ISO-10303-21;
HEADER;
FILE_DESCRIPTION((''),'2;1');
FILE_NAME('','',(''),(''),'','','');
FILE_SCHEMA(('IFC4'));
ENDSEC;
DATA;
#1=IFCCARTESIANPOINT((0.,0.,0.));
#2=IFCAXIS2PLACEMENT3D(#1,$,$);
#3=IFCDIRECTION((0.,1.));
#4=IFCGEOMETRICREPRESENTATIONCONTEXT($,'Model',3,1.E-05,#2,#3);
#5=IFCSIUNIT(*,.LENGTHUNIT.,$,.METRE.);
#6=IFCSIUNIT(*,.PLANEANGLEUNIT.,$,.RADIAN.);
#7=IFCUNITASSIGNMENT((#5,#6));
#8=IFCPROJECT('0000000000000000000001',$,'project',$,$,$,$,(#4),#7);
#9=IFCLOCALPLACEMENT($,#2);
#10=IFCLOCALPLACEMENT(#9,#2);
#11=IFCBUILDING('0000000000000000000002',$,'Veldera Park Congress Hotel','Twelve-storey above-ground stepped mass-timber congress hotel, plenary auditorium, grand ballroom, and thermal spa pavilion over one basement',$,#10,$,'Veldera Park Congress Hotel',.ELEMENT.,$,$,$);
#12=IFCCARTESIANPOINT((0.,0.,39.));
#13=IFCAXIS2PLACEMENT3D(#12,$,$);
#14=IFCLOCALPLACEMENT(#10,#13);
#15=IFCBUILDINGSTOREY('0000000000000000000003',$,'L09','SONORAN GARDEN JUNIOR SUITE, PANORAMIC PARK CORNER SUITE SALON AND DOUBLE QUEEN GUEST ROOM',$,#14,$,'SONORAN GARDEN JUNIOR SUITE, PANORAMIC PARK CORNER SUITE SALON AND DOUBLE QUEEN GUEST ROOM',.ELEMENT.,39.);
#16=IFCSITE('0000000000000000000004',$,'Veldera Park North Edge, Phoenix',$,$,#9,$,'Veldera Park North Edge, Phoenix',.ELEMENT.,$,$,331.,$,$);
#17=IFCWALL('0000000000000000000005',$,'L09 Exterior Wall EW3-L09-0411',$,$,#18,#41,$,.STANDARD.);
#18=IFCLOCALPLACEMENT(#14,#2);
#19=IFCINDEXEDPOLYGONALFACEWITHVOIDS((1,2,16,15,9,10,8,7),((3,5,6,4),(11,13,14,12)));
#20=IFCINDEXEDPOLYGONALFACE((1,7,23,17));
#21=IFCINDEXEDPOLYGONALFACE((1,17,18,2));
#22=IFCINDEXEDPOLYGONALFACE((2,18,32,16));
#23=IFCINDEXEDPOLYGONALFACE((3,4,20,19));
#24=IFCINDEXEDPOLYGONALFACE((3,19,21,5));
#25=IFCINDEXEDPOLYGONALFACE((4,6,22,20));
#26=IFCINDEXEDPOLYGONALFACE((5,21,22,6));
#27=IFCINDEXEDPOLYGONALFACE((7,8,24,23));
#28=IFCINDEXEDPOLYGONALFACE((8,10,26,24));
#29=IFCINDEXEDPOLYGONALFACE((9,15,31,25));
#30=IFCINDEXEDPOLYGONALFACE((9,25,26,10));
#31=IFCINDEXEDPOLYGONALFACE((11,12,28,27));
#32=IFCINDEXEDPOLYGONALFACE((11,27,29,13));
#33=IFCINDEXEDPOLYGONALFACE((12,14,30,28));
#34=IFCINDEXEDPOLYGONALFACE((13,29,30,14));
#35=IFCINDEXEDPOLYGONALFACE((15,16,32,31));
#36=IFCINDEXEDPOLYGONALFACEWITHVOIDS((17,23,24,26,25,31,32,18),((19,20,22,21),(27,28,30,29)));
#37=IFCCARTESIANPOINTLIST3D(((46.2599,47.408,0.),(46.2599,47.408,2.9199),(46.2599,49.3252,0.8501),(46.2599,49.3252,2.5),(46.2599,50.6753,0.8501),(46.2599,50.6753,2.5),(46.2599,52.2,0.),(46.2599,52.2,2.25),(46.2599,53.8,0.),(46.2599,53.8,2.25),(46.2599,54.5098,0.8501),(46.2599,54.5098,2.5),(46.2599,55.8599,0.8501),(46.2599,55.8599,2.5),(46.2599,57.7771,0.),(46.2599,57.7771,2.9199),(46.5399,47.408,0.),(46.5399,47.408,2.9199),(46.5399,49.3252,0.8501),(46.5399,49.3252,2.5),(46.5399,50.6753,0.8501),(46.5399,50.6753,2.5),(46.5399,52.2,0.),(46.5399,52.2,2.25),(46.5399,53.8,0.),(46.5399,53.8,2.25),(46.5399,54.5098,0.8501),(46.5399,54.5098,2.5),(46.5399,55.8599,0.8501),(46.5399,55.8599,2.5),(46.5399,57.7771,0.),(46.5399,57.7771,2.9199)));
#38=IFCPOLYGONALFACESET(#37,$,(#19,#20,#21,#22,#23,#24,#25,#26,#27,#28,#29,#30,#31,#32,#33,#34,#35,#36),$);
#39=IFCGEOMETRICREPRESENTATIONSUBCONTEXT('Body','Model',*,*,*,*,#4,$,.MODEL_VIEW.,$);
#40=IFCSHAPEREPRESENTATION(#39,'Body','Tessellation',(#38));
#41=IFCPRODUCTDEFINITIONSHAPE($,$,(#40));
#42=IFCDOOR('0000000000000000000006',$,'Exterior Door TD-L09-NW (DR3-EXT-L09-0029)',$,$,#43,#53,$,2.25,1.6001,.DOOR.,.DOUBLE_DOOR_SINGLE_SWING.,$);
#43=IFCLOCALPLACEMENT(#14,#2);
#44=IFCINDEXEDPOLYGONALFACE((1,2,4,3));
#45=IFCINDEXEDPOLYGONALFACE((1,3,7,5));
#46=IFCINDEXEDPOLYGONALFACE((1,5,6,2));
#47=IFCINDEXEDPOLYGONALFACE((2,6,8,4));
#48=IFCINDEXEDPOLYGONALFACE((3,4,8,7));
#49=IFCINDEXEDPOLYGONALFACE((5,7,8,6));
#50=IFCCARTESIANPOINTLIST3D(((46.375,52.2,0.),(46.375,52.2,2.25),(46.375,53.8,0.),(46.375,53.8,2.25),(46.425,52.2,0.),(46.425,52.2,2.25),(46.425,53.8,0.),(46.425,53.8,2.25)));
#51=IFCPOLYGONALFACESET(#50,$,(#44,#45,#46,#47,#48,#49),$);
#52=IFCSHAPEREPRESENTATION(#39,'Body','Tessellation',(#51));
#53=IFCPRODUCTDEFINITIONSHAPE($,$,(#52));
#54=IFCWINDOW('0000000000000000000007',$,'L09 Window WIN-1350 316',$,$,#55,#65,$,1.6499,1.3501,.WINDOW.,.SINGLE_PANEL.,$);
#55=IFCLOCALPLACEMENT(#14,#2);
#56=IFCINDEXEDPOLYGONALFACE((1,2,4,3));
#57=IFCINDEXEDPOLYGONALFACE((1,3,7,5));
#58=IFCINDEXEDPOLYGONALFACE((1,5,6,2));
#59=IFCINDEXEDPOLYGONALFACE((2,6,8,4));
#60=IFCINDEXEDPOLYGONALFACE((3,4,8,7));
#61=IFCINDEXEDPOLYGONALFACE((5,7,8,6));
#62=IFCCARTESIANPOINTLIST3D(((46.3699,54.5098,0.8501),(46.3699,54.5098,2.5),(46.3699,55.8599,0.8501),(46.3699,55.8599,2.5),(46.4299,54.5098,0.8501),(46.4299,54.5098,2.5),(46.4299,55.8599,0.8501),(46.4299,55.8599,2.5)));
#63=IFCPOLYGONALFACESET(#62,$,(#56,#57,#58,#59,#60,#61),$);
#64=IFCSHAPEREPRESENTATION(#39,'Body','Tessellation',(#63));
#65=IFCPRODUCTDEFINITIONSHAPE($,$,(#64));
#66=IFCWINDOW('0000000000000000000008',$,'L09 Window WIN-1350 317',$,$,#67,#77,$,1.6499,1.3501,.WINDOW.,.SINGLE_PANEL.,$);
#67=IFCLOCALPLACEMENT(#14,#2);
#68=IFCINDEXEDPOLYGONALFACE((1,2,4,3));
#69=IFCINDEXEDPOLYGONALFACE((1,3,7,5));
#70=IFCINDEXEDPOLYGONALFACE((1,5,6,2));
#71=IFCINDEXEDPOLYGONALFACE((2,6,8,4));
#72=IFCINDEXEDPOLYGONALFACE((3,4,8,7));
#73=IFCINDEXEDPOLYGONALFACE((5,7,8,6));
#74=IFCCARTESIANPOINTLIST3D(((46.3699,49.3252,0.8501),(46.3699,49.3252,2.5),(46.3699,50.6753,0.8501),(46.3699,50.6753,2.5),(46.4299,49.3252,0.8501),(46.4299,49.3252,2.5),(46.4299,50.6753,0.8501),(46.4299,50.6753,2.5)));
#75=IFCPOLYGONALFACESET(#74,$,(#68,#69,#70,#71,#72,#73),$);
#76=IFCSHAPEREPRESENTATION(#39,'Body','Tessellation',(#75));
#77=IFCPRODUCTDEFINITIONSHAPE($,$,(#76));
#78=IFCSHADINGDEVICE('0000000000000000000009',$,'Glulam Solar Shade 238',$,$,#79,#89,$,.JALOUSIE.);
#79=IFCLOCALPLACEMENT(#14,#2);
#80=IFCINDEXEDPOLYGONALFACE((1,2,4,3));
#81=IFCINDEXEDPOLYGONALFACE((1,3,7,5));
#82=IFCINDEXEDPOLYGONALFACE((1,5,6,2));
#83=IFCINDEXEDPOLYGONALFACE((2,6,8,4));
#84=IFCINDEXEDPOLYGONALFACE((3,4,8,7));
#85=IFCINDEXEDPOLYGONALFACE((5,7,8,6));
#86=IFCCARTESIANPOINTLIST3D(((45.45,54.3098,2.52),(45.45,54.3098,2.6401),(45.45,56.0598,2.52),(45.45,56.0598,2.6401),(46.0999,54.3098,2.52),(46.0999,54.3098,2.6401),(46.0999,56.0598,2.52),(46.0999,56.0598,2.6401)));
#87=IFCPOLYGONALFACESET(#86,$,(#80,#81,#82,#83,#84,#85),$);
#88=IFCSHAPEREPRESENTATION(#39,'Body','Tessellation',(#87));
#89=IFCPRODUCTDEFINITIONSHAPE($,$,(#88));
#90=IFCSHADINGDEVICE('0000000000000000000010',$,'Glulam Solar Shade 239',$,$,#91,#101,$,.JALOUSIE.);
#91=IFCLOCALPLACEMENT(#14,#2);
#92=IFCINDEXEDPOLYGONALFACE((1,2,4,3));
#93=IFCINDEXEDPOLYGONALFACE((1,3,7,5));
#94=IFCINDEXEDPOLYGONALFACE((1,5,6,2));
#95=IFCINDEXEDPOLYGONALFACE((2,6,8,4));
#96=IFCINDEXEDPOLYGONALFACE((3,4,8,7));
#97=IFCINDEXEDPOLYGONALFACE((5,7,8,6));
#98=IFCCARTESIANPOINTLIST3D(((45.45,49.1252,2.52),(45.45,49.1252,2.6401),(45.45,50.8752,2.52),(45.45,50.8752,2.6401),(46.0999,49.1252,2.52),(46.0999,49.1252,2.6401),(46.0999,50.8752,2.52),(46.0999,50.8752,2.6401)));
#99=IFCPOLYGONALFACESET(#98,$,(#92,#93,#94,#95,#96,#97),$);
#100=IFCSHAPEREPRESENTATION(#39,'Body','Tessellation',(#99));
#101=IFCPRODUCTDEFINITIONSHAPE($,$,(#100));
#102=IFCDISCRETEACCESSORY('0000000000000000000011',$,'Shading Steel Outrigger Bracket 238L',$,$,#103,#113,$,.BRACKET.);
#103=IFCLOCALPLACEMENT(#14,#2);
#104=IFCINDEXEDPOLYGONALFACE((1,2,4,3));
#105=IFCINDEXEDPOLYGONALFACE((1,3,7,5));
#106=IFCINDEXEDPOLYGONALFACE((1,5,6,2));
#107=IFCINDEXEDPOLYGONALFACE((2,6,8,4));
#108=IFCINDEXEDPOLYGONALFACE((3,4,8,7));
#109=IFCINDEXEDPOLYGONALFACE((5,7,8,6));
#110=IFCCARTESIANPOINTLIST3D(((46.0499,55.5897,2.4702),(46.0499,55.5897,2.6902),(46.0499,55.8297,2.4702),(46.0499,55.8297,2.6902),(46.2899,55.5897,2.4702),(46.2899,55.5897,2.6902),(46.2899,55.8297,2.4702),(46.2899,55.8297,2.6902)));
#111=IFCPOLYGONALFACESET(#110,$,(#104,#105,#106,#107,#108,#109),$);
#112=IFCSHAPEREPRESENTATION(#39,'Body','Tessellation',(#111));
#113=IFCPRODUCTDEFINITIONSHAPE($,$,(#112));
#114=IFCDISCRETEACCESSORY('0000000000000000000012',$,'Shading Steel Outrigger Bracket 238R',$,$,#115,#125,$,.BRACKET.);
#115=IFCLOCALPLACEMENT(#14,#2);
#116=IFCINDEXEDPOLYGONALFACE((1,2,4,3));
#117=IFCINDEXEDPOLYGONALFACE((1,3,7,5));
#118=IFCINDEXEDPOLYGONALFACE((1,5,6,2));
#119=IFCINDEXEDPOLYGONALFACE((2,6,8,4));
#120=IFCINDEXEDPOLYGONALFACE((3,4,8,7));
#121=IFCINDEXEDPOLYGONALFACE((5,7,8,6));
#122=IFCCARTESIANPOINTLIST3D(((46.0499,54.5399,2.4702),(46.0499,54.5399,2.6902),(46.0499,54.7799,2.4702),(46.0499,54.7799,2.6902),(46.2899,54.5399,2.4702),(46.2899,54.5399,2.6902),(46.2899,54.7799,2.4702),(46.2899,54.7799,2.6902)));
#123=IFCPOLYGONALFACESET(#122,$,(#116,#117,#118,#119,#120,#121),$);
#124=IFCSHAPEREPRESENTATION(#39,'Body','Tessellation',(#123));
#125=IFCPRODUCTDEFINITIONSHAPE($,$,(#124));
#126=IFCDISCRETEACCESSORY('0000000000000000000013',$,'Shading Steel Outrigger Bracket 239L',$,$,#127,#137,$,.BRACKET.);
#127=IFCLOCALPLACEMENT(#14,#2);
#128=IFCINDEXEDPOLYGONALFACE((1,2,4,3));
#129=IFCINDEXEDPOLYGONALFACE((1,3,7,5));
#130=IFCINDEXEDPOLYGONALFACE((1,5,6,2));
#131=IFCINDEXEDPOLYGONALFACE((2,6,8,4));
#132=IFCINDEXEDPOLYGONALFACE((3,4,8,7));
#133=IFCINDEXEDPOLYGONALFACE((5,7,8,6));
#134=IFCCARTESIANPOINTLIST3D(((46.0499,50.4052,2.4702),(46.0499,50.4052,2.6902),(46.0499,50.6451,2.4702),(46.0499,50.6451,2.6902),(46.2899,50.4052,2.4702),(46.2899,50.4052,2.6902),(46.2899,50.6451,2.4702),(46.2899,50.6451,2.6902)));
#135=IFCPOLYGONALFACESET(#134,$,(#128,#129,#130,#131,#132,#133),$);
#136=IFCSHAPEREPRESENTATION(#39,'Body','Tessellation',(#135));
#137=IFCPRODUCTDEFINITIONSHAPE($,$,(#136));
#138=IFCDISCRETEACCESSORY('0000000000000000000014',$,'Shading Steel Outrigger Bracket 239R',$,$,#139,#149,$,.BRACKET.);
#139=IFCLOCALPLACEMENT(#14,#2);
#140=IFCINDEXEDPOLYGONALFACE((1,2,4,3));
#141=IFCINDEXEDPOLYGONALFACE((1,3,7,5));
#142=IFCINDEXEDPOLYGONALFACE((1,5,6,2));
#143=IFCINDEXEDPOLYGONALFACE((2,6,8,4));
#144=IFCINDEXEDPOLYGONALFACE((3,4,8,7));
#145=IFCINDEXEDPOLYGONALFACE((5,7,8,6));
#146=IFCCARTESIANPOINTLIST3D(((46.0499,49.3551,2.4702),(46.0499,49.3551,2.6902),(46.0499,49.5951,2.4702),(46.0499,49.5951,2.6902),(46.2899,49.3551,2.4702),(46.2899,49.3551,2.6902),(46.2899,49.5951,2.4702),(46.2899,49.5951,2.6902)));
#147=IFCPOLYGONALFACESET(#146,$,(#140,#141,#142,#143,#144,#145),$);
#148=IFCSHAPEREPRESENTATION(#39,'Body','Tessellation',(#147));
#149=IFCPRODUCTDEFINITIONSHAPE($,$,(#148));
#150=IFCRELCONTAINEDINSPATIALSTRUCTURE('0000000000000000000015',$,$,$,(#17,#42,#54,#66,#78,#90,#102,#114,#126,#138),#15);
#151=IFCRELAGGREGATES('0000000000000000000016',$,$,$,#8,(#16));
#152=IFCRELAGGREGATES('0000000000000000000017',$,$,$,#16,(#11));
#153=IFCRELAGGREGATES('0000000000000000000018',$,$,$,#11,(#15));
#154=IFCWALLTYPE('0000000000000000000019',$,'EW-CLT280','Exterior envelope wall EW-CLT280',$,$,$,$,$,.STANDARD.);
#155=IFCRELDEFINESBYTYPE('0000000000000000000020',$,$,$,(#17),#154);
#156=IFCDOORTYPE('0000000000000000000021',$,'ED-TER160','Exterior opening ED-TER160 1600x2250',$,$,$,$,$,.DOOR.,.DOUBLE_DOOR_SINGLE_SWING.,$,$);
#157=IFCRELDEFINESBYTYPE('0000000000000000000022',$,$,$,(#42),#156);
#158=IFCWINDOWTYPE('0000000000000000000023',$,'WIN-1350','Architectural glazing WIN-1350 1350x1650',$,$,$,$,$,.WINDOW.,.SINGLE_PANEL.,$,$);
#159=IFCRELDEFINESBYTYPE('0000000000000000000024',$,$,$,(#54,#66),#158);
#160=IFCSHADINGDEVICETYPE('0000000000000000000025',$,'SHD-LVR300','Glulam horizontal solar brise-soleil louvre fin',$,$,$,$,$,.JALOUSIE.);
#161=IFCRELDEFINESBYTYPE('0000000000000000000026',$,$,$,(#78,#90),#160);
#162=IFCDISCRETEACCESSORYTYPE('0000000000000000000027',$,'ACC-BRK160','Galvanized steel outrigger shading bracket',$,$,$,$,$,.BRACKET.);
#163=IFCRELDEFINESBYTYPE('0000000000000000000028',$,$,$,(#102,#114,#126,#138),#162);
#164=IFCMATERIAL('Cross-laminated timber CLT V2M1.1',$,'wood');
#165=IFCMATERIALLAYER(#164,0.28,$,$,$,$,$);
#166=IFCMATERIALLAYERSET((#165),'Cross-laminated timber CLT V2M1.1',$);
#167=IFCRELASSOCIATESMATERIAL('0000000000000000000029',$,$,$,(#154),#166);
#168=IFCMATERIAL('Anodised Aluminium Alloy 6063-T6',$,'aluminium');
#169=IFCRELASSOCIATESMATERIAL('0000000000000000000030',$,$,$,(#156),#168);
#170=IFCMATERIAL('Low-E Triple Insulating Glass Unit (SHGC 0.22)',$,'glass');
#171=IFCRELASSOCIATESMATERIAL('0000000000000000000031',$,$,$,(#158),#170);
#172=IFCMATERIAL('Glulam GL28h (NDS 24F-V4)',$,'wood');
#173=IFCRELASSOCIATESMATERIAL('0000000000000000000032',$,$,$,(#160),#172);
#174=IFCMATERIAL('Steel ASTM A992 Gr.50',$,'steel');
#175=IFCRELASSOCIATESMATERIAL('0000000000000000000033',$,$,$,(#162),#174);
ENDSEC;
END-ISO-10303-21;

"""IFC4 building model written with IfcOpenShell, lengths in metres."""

from ifc_helpers import new_model, si_unit, direction, frame, frame_2d, origin, origin_2d, place, context, subcontext, project, spatial, rectangle, extrude, material, layer, layer_set, type_object, element, fill, save


model = new_model("IFC4")

# Units and contexts
model_context = context("Model", 3, precision=1e-05, world=origin(), true_north=direction((0.0, 1.0)))
body_context = subcontext(model_context, "Body", "Model", "MODEL_VIEW")
ifc_project = project(units=[si_unit("LENGTHUNIT", "METRE"), si_unit("PLANEANGLEUNIT", "RADIAN")], contexts=[model_context])

# Site, building, storey
site_placement = place(None, origin())
site = spatial("IfcSite", under=ifc_project, at=site_placement, Name="Veldera Park North Edge, Phoenix", LongName="Veldera Park North Edge, Phoenix", CompositionType="ELEMENT", RefElevation=331.0)
building_placement = place(site_placement, origin())
building = spatial("IfcBuilding", under=site, at=building_placement, Name="Veldera Park Congress Hotel", Description="Twelve-storey above-ground stepped mass-timber congress hotel, plenary auditorium, grand ballroom, and thermal spa pavilion over one basement", LongName="Veldera Park Congress Hotel", CompositionType="ELEMENT")
storey_placement = place(building_placement, frame((0.0, 0.0, 39.0)))
storey = spatial("IfcBuildingStorey", under=building, at=storey_placement, Name="L09", Description="SONORAN GARDEN JUNIOR SUITE, PANORAMIC PARK CORNER SUITE SALON AND DOUBLE QUEEN GUEST ROOM", LongName="SONORAN GARDEN JUNIOR SUITE, PANORAMIC PARK CORNER SUITE SALON AND DOUBLE QUEEN GUEST ROOM", CompositionType="ELEMENT", Elevation=39.0)

# Shared definitions
ifc_material_1 = material(Name="Glulam GL28h (NDS 24F-V4)", Category="wood")

# Shared definitions
ifc_material_2 = material(Name="Cross-laminated timber CLT V2M1.1", Category="wood")
ifc_layer = layer(ifc_material_2, 0.28)
ifc_layer_set = layer_set([ifc_layer], Name="Cross-laminated timber CLT V2M1.1")
wall_type = type_object("IfcWallType", Name="EW-CLT280", Description="Exterior envelope wall EW-CLT280", PredefinedType="STANDARD", material=ifc_layer_set)
ifc_material_3 = material(Name="Low-E Triple Insulating Glass Unit (SHGC 0.22)", Category="glass")

# Wall, openings, door, windows
wall_1_placement = place(storey_placement, frame((46.3999, 57.7771, 0.0), z_axis=(0.0, 0.0, 1.0), x_axis=(0.0, -1.0, 0.0)))
wall_1 = element("IfcWall", 1, at=wall_1_placement, inside=storey, type_object=wall_type, Name="L09 Exterior Wall EW3-L09-0411", PredefinedType="STANDARD", context=body_context, shape_type="SweptSolid", body=[
    extrude(rectangle(XDim=10.3691, YDim=0.28, at=frame_2d((5.1846, 0.0))), origin(), (0.0, 0.0, 1.0), 2.9199),
])
opening_1_placement = place(wall_1_placement, frame((3.9771, 0.0, 0.0)))
opening_1 = element("IfcOpeningElement", 2, at=opening_1_placement, cuts=wall_1, PredefinedType="OPENING", context=body_context, shape_type="SweptSolid", body=[
    extrude(rectangle(XDim=1.6001, YDim=2.25, at=frame_2d((0.8, 1.125))), frame((0.0, 0.1521, 0.0), z_axis=(0.0, -1.0, 0.0), x_axis=(1.0, 0.0, 0.0)), (0.0, 0.0, 1.0), 0.304),
])
opening_2_placement = place(wall_1_placement, frame((1.9172, 0.0, 0.8501)))
opening_2 = element("IfcOpeningElement", 3, at=opening_2_placement, cuts=wall_1, PredefinedType="OPENING", context=body_context, shape_type="SweptSolid", body=[
    extrude(rectangle(XDim=1.3501, YDim=1.6499, at=frame_2d((0.675, 0.825))), frame((0.0, 0.1521, 0.0), z_axis=(0.0, -1.0, 0.0), x_axis=(1.0, 0.0, 0.0)), (0.0, 0.0, 1.0), 0.304),
])
opening_3_placement = place(wall_1_placement, frame((7.1018, 0.0, 0.8501)))
opening_3 = element("IfcOpeningElement", 4, at=opening_3_placement, cuts=wall_1, PredefinedType="OPENING", context=body_context, shape_type="SweptSolid", body=[
    extrude(rectangle(XDim=1.3501, YDim=1.6499, at=frame_2d((0.675, 0.825))), frame((0.0, 0.1521, 0.0), z_axis=(0.0, -1.0, 0.0), x_axis=(1.0, 0.0, 0.0)), (0.0, 0.0, 1.0), 0.304),
])
ifc_material_4 = material(Name="Anodised Aluminium Alloy 6063-T6", Category="aluminium")
door_type = type_object("IfcDoorType", Name="ED-TER160", Description="Exterior opening ED-TER160 1600x2250", OperationType="DOUBLE_DOOR_SINGLE_SWING", PredefinedType="DOOR", material=ifc_material_4)
door_placement = place(opening_1_placement, frame((1.6001, 0.0, 0.0), z_axis=(0.0, 0.0, 1.0), x_axis=(-1.0, 0.0, 0.0)))
door = element("IfcDoor", 5, at=door_placement, inside=storey, type_object=door_type, Name="Exterior Door TD-L09-NW (DR3-EXT-L09-0029)", OperationType="DOUBLE_DOOR_SINGLE_SWING", OverallHeight=2.25, OverallWidth=1.6001, PredefinedType="DOOR", context=body_context, shape_type="SweptSolid", body=[
    extrude(rectangle(XDim=1.6001, YDim=2.25, at=frame_2d((0.8, 1.125))), frame((0.0, 0.0249, 0.0), z_axis=(0.0, -1.0, 0.0), x_axis=(1.0, 0.0, 0.0)), (0.0, 0.0, 1.0), 0.05),
])
fill(opening_1, door)
window_type_1 = type_object("IfcWindowType", Name="WIN-1350", Description="Architectural glazing WIN-1350 1350x1650", PartitioningType="SINGLE_PANEL", PredefinedType="WINDOW", material=ifc_material_3)
window_1_placement = place(opening_2_placement, origin())
window_1 = element("IfcWindow", 6, at=window_1_placement, inside=storey, type_object=window_type_1, Name="L09 Window WIN-1350 316", OverallHeight=1.6499, OverallWidth=1.3501, PartitioningType="SINGLE_PANEL", PredefinedType="WINDOW", context=body_context, shape_type="SweptSolid", body=[
    extrude(rectangle(XDim=1.3501, YDim=1.6499, at=frame_2d((0.675, 0.825))), frame((0.0, 0.03, 0.0), z_axis=(0.0, -1.0, 0.0), x_axis=(1.0, 0.0, 0.0)), (0.0, 0.0, 1.0), 0.0601),
])
fill(opening_2, window_1)
window_2_placement = place(opening_3_placement, origin())
window_2 = element("IfcWindow", 7, at=window_2_placement, inside=storey, type_object=window_type_1, Name="L09 Window WIN-1350 317", OverallHeight=1.6499, OverallWidth=1.3501, PartitioningType="SINGLE_PANEL", PredefinedType="WINDOW", context=body_context, shape_type="SweptSolid", body=[
    extrude(rectangle(XDim=1.3501, YDim=1.6499, at=frame_2d((0.675, 0.825))), frame((0.0, 0.03, 0.0), z_axis=(0.0, -1.0, 0.0), x_axis=(1.0, 0.0, 0.0)), (0.0, 0.0, 1.0), 0.0601),
])
fill(opening_3, window_2)

# Shading devices
shading_device_type = type_object("IfcShadingDeviceType", Name="SHD-LVR300", Description="Glulam horizontal solar brise-soleil louvre fin", PredefinedType="JALOUSIE", material=ifc_material_1)
for number, where, z_axis, x_axis, name in (
    (8, (45.7749, 55.1848, 2.52), (0.0, 0.0, 1.0), (0.0, -1.0, 0.0), "Glulam Solar Shade 238"),
    (9, (45.7749, 50.0002, 2.52), (0.0, 0.0, 1.0), (0.0, -1.0, 0.0), "Glulam Solar Shade 239"),
):
    element("IfcShadingDevice", number, at=place(storey_placement, frame(where, z_axis=z_axis, x_axis=x_axis)), inside=storey, type_object=shading_device_type, Name=name, PredefinedType="JALOUSIE", context=body_context, shape_type="SweptSolid", body=[
        extrude(rectangle(XDim=1.75, YDim=0.6499, at=origin_2d()), origin(), (0.0, 0.0, 1.0), 0.1201),
    ])

# Discrete accessories
ifc_material_5 = material(Name="Steel ASTM A992 Gr.50", Category="steel")
discrete_accessory_type = type_object("IfcDiscreteAccessoryType", Name="ACC-BRK160", Description="Galvanized steel outrigger shading bracket", PredefinedType="BRACKET", material=ifc_material_5)
for number, where, z_axis, x_axis, name in (
    (10, (46.1699, 55.7097, 2.4702), (0.0, 0.0, 1.0), (0.0, -1.0, 0.0), "Shading Steel Outrigger Bracket 238L"),
    (11, (46.1699, 54.6599, 2.4702), (0.0, 0.0, 1.0), (0.0, -1.0, 0.0), "Shading Steel Outrigger Bracket 238R"),
    (12, (46.1699, 50.5251, 2.4702), (0.0, 0.0, 1.0), (0.0, -1.0, 0.0), "Shading Steel Outrigger Bracket 239L"),
    (13, (46.1699, 49.4751, 2.4702), (0.0, 0.0, 1.0), (0.0, -1.0, 0.0), "Shading Steel Outrigger Bracket 239R"),
):
    element("IfcDiscreteAccessory", number, at=place(storey_placement, frame(where, z_axis=z_axis, x_axis=x_axis)), inside=storey, type_object=discrete_accessory_type, Name=name, PredefinedType="BRACKET", context=body_context, shape_type="SweptSolid", body=[
        extrude(rectangle(XDim=0.24, YDim=0.24, at=origin_2d()), origin(), (0.0, 0.0, 1.0), 0.22),
    ])

save(model, "model.ifc")
